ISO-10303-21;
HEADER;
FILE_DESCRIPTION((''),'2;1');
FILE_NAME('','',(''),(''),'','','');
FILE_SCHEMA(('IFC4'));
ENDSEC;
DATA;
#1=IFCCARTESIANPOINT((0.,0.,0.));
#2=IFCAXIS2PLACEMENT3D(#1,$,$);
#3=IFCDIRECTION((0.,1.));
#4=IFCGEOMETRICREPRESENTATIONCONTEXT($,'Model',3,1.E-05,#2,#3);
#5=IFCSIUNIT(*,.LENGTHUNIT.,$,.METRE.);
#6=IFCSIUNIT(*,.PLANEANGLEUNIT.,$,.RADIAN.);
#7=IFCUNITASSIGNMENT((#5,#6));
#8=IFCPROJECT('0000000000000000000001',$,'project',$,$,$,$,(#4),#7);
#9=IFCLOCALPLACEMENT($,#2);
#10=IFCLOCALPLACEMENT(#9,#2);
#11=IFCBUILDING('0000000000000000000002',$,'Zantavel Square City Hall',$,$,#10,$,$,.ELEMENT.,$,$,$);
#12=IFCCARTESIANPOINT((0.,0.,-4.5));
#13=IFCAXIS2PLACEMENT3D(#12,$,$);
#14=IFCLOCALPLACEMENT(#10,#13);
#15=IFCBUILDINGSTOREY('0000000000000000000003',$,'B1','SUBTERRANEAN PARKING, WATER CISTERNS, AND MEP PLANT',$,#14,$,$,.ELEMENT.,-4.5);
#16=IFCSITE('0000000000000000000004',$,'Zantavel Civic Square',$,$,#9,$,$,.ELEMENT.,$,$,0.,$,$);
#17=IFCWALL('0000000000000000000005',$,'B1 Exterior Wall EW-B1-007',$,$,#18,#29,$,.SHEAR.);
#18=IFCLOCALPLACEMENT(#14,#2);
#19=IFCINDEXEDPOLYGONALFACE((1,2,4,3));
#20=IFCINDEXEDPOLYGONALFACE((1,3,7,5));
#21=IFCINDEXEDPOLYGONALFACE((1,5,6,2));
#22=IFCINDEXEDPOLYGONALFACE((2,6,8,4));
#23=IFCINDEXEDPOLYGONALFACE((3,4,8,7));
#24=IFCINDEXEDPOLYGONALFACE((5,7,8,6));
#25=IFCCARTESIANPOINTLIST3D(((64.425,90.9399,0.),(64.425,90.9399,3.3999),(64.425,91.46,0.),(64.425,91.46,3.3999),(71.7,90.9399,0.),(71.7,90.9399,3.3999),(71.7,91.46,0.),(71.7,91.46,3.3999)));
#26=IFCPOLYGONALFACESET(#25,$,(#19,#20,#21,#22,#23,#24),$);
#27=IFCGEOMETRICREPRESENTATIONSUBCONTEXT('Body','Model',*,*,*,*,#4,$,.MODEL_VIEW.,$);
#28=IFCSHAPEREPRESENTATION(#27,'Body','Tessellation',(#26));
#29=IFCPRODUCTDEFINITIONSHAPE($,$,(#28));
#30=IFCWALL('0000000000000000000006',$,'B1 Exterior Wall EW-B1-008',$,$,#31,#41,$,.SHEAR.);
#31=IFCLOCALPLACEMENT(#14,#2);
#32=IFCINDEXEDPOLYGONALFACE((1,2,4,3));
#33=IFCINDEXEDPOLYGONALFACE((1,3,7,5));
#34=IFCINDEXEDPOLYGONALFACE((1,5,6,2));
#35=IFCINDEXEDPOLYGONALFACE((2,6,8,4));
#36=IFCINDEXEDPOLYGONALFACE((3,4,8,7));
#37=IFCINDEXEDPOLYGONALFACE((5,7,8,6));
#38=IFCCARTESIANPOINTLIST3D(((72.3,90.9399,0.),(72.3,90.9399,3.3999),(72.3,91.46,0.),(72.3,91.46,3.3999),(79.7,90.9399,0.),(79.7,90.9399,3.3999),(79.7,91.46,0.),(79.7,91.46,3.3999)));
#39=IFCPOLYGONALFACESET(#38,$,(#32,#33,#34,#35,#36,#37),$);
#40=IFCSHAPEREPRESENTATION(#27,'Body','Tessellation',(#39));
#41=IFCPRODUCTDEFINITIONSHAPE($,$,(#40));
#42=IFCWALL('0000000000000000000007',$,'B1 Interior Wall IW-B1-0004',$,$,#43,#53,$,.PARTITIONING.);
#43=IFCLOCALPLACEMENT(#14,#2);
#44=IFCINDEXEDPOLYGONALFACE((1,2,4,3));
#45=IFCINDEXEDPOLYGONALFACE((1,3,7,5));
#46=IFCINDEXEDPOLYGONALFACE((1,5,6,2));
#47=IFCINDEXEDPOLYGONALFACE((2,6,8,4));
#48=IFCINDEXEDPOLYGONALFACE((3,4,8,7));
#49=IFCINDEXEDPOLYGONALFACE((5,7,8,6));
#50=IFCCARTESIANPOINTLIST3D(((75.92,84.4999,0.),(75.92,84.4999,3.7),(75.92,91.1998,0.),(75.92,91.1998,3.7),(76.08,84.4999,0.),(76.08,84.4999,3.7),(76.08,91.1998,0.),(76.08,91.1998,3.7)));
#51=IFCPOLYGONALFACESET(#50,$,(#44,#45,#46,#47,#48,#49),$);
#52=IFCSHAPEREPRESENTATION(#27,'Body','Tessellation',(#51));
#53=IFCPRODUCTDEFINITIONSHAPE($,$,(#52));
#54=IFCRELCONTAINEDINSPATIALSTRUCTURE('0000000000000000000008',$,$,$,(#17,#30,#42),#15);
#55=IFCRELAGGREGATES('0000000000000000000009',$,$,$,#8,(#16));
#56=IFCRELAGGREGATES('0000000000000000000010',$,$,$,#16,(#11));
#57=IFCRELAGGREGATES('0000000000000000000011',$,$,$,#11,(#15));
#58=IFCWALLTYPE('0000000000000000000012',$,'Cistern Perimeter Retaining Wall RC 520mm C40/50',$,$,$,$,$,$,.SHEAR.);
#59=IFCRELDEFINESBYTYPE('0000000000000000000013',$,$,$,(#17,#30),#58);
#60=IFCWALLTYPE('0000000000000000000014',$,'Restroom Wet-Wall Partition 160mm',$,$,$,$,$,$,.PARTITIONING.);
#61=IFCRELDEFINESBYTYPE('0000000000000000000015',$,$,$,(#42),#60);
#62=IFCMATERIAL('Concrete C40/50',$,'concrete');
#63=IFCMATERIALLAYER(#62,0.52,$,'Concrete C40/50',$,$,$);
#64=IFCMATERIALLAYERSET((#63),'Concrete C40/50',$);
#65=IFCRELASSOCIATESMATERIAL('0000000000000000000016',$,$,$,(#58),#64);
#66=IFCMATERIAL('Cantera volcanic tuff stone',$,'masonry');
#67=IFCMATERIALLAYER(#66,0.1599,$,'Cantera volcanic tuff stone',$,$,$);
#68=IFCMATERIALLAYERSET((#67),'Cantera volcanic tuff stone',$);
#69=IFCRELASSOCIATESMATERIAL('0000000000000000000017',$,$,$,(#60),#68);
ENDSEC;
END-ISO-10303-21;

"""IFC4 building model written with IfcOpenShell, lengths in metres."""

from ifc_helpers import new_model, si_unit, direction, frame, frame_2d, origin, place, context, subcontext, project, spatial, rectangle, extrude, material, layer, layer_set, type_object, element, save


model = new_model("IFC4")

# Units and contexts
model_context = context("Model", 3, precision=1e-05, world=origin(), true_north=direction((0.0, 1.0)))
body_context = subcontext(model_context, "Body", "Model", "MODEL_VIEW")
ifc_project = project(units=[si_unit("LENGTHUNIT", "METRE"), si_unit("PLANEANGLEUNIT", "RADIAN")], contexts=[model_context])

# Site, building, storey
site_placement = place(None, origin())
site = spatial("IfcSite", under=ifc_project, at=site_placement, Name="Zantavel Civic Square", CompositionType="ELEMENT", RefElevation=0.0)
building_placement = place(site_placement, origin())
building = spatial("IfcBuilding", under=site, at=building_placement, Name="Zantavel Square City Hall", CompositionType="ELEMENT")
storey_placement = place(building_placement, frame((0.0, 0.0, -4.5)))
storey = spatial("IfcBuildingStorey", under=building, at=storey_placement, Name="B1", Description="SUBTERRANEAN PARKING, WATER CISTERNS, AND MEP PLANT", CompositionType="ELEMENT", Elevation=-4.5)

# Shared definitions
ifc_material_1 = material(Name="Concrete C40/50", Category="concrete")

# Walls
ifc_layer_1 = layer(ifc_material_1, 0.52, Name="Concrete C40/50")
ifc_layer_set_1 = layer_set([ifc_layer_1], Name="Concrete C40/50")
wall_type_1 = type_object("IfcWallType", Name="Cistern Perimeter Retaining Wall RC 520mm C40/50", PredefinedType="SHEAR", material=ifc_layer_set_1)
wall_1_placement = place(storey_placement, frame((64.425, 91.2, 0.0), z_axis=(0.0, 0.0, 1.0), x_axis=(1.0, 0.0, 0.0)))
element("IfcWall", 1, at=wall_1_placement, inside=storey, type_object=wall_type_1, Name="B1 Exterior Wall EW-B1-007", PredefinedType="SHEAR", context=body_context, shape_type="SweptSolid", body=[
    extrude(rectangle(XDim=7.2749, YDim=0.52, at=frame_2d((3.6375, 0.0))), origin(), (0.0, 0.0, 1.0), 3.3999),
])
wall_2_placement = place(storey_placement, frame((72.3, 91.2, 0.0), z_axis=(0.0, 0.0, 1.0), x_axis=(1.0, 0.0, 0.0)))
element("IfcWall", 2, at=wall_2_placement, inside=storey, type_object=wall_type_1, Name="B1 Exterior Wall EW-B1-008", PredefinedType="SHEAR", context=body_context, shape_type="SweptSolid", body=[
    extrude(rectangle(XDim=7.3999, YDim=0.52, at=frame_2d((3.7, 0.0))), origin(), (0.0, 0.0, 1.0), 3.3999),
])
ifc_material_2 = material(Name="Cantera volcanic tuff stone", Category="masonry")
ifc_layer_2 = layer(ifc_material_2, 0.1599, Name="Cantera volcanic tuff stone")
ifc_layer_set_2 = layer_set([ifc_layer_2], Name="Cantera volcanic tuff stone")
wall_type_2 = type_object("IfcWallType", Name="Restroom Wet-Wall Partition 160mm", PredefinedType="PARTITIONING", material=ifc_layer_set_2)
wall_3_placement = place(storey_placement, frame((76.0, 91.2, 0.0), z_axis=(0.0, 0.0, 1.0), x_axis=(0.0, -1.0, 0.0)))
element("IfcWall", 3, at=wall_3_placement, inside=storey, type_object=wall_type_2, Name="B1 Interior Wall IW-B1-0004", PredefinedType="PARTITIONING", context=body_context, shape_type="SweptSolid", body=[
    extrude(rectangle(XDim=6.7, YDim=0.1599, at=frame_2d((3.3501, 0.0))), origin(), (0.0, 0.0, 1.0), 3.7),
])

save(model, "model.ifc")
